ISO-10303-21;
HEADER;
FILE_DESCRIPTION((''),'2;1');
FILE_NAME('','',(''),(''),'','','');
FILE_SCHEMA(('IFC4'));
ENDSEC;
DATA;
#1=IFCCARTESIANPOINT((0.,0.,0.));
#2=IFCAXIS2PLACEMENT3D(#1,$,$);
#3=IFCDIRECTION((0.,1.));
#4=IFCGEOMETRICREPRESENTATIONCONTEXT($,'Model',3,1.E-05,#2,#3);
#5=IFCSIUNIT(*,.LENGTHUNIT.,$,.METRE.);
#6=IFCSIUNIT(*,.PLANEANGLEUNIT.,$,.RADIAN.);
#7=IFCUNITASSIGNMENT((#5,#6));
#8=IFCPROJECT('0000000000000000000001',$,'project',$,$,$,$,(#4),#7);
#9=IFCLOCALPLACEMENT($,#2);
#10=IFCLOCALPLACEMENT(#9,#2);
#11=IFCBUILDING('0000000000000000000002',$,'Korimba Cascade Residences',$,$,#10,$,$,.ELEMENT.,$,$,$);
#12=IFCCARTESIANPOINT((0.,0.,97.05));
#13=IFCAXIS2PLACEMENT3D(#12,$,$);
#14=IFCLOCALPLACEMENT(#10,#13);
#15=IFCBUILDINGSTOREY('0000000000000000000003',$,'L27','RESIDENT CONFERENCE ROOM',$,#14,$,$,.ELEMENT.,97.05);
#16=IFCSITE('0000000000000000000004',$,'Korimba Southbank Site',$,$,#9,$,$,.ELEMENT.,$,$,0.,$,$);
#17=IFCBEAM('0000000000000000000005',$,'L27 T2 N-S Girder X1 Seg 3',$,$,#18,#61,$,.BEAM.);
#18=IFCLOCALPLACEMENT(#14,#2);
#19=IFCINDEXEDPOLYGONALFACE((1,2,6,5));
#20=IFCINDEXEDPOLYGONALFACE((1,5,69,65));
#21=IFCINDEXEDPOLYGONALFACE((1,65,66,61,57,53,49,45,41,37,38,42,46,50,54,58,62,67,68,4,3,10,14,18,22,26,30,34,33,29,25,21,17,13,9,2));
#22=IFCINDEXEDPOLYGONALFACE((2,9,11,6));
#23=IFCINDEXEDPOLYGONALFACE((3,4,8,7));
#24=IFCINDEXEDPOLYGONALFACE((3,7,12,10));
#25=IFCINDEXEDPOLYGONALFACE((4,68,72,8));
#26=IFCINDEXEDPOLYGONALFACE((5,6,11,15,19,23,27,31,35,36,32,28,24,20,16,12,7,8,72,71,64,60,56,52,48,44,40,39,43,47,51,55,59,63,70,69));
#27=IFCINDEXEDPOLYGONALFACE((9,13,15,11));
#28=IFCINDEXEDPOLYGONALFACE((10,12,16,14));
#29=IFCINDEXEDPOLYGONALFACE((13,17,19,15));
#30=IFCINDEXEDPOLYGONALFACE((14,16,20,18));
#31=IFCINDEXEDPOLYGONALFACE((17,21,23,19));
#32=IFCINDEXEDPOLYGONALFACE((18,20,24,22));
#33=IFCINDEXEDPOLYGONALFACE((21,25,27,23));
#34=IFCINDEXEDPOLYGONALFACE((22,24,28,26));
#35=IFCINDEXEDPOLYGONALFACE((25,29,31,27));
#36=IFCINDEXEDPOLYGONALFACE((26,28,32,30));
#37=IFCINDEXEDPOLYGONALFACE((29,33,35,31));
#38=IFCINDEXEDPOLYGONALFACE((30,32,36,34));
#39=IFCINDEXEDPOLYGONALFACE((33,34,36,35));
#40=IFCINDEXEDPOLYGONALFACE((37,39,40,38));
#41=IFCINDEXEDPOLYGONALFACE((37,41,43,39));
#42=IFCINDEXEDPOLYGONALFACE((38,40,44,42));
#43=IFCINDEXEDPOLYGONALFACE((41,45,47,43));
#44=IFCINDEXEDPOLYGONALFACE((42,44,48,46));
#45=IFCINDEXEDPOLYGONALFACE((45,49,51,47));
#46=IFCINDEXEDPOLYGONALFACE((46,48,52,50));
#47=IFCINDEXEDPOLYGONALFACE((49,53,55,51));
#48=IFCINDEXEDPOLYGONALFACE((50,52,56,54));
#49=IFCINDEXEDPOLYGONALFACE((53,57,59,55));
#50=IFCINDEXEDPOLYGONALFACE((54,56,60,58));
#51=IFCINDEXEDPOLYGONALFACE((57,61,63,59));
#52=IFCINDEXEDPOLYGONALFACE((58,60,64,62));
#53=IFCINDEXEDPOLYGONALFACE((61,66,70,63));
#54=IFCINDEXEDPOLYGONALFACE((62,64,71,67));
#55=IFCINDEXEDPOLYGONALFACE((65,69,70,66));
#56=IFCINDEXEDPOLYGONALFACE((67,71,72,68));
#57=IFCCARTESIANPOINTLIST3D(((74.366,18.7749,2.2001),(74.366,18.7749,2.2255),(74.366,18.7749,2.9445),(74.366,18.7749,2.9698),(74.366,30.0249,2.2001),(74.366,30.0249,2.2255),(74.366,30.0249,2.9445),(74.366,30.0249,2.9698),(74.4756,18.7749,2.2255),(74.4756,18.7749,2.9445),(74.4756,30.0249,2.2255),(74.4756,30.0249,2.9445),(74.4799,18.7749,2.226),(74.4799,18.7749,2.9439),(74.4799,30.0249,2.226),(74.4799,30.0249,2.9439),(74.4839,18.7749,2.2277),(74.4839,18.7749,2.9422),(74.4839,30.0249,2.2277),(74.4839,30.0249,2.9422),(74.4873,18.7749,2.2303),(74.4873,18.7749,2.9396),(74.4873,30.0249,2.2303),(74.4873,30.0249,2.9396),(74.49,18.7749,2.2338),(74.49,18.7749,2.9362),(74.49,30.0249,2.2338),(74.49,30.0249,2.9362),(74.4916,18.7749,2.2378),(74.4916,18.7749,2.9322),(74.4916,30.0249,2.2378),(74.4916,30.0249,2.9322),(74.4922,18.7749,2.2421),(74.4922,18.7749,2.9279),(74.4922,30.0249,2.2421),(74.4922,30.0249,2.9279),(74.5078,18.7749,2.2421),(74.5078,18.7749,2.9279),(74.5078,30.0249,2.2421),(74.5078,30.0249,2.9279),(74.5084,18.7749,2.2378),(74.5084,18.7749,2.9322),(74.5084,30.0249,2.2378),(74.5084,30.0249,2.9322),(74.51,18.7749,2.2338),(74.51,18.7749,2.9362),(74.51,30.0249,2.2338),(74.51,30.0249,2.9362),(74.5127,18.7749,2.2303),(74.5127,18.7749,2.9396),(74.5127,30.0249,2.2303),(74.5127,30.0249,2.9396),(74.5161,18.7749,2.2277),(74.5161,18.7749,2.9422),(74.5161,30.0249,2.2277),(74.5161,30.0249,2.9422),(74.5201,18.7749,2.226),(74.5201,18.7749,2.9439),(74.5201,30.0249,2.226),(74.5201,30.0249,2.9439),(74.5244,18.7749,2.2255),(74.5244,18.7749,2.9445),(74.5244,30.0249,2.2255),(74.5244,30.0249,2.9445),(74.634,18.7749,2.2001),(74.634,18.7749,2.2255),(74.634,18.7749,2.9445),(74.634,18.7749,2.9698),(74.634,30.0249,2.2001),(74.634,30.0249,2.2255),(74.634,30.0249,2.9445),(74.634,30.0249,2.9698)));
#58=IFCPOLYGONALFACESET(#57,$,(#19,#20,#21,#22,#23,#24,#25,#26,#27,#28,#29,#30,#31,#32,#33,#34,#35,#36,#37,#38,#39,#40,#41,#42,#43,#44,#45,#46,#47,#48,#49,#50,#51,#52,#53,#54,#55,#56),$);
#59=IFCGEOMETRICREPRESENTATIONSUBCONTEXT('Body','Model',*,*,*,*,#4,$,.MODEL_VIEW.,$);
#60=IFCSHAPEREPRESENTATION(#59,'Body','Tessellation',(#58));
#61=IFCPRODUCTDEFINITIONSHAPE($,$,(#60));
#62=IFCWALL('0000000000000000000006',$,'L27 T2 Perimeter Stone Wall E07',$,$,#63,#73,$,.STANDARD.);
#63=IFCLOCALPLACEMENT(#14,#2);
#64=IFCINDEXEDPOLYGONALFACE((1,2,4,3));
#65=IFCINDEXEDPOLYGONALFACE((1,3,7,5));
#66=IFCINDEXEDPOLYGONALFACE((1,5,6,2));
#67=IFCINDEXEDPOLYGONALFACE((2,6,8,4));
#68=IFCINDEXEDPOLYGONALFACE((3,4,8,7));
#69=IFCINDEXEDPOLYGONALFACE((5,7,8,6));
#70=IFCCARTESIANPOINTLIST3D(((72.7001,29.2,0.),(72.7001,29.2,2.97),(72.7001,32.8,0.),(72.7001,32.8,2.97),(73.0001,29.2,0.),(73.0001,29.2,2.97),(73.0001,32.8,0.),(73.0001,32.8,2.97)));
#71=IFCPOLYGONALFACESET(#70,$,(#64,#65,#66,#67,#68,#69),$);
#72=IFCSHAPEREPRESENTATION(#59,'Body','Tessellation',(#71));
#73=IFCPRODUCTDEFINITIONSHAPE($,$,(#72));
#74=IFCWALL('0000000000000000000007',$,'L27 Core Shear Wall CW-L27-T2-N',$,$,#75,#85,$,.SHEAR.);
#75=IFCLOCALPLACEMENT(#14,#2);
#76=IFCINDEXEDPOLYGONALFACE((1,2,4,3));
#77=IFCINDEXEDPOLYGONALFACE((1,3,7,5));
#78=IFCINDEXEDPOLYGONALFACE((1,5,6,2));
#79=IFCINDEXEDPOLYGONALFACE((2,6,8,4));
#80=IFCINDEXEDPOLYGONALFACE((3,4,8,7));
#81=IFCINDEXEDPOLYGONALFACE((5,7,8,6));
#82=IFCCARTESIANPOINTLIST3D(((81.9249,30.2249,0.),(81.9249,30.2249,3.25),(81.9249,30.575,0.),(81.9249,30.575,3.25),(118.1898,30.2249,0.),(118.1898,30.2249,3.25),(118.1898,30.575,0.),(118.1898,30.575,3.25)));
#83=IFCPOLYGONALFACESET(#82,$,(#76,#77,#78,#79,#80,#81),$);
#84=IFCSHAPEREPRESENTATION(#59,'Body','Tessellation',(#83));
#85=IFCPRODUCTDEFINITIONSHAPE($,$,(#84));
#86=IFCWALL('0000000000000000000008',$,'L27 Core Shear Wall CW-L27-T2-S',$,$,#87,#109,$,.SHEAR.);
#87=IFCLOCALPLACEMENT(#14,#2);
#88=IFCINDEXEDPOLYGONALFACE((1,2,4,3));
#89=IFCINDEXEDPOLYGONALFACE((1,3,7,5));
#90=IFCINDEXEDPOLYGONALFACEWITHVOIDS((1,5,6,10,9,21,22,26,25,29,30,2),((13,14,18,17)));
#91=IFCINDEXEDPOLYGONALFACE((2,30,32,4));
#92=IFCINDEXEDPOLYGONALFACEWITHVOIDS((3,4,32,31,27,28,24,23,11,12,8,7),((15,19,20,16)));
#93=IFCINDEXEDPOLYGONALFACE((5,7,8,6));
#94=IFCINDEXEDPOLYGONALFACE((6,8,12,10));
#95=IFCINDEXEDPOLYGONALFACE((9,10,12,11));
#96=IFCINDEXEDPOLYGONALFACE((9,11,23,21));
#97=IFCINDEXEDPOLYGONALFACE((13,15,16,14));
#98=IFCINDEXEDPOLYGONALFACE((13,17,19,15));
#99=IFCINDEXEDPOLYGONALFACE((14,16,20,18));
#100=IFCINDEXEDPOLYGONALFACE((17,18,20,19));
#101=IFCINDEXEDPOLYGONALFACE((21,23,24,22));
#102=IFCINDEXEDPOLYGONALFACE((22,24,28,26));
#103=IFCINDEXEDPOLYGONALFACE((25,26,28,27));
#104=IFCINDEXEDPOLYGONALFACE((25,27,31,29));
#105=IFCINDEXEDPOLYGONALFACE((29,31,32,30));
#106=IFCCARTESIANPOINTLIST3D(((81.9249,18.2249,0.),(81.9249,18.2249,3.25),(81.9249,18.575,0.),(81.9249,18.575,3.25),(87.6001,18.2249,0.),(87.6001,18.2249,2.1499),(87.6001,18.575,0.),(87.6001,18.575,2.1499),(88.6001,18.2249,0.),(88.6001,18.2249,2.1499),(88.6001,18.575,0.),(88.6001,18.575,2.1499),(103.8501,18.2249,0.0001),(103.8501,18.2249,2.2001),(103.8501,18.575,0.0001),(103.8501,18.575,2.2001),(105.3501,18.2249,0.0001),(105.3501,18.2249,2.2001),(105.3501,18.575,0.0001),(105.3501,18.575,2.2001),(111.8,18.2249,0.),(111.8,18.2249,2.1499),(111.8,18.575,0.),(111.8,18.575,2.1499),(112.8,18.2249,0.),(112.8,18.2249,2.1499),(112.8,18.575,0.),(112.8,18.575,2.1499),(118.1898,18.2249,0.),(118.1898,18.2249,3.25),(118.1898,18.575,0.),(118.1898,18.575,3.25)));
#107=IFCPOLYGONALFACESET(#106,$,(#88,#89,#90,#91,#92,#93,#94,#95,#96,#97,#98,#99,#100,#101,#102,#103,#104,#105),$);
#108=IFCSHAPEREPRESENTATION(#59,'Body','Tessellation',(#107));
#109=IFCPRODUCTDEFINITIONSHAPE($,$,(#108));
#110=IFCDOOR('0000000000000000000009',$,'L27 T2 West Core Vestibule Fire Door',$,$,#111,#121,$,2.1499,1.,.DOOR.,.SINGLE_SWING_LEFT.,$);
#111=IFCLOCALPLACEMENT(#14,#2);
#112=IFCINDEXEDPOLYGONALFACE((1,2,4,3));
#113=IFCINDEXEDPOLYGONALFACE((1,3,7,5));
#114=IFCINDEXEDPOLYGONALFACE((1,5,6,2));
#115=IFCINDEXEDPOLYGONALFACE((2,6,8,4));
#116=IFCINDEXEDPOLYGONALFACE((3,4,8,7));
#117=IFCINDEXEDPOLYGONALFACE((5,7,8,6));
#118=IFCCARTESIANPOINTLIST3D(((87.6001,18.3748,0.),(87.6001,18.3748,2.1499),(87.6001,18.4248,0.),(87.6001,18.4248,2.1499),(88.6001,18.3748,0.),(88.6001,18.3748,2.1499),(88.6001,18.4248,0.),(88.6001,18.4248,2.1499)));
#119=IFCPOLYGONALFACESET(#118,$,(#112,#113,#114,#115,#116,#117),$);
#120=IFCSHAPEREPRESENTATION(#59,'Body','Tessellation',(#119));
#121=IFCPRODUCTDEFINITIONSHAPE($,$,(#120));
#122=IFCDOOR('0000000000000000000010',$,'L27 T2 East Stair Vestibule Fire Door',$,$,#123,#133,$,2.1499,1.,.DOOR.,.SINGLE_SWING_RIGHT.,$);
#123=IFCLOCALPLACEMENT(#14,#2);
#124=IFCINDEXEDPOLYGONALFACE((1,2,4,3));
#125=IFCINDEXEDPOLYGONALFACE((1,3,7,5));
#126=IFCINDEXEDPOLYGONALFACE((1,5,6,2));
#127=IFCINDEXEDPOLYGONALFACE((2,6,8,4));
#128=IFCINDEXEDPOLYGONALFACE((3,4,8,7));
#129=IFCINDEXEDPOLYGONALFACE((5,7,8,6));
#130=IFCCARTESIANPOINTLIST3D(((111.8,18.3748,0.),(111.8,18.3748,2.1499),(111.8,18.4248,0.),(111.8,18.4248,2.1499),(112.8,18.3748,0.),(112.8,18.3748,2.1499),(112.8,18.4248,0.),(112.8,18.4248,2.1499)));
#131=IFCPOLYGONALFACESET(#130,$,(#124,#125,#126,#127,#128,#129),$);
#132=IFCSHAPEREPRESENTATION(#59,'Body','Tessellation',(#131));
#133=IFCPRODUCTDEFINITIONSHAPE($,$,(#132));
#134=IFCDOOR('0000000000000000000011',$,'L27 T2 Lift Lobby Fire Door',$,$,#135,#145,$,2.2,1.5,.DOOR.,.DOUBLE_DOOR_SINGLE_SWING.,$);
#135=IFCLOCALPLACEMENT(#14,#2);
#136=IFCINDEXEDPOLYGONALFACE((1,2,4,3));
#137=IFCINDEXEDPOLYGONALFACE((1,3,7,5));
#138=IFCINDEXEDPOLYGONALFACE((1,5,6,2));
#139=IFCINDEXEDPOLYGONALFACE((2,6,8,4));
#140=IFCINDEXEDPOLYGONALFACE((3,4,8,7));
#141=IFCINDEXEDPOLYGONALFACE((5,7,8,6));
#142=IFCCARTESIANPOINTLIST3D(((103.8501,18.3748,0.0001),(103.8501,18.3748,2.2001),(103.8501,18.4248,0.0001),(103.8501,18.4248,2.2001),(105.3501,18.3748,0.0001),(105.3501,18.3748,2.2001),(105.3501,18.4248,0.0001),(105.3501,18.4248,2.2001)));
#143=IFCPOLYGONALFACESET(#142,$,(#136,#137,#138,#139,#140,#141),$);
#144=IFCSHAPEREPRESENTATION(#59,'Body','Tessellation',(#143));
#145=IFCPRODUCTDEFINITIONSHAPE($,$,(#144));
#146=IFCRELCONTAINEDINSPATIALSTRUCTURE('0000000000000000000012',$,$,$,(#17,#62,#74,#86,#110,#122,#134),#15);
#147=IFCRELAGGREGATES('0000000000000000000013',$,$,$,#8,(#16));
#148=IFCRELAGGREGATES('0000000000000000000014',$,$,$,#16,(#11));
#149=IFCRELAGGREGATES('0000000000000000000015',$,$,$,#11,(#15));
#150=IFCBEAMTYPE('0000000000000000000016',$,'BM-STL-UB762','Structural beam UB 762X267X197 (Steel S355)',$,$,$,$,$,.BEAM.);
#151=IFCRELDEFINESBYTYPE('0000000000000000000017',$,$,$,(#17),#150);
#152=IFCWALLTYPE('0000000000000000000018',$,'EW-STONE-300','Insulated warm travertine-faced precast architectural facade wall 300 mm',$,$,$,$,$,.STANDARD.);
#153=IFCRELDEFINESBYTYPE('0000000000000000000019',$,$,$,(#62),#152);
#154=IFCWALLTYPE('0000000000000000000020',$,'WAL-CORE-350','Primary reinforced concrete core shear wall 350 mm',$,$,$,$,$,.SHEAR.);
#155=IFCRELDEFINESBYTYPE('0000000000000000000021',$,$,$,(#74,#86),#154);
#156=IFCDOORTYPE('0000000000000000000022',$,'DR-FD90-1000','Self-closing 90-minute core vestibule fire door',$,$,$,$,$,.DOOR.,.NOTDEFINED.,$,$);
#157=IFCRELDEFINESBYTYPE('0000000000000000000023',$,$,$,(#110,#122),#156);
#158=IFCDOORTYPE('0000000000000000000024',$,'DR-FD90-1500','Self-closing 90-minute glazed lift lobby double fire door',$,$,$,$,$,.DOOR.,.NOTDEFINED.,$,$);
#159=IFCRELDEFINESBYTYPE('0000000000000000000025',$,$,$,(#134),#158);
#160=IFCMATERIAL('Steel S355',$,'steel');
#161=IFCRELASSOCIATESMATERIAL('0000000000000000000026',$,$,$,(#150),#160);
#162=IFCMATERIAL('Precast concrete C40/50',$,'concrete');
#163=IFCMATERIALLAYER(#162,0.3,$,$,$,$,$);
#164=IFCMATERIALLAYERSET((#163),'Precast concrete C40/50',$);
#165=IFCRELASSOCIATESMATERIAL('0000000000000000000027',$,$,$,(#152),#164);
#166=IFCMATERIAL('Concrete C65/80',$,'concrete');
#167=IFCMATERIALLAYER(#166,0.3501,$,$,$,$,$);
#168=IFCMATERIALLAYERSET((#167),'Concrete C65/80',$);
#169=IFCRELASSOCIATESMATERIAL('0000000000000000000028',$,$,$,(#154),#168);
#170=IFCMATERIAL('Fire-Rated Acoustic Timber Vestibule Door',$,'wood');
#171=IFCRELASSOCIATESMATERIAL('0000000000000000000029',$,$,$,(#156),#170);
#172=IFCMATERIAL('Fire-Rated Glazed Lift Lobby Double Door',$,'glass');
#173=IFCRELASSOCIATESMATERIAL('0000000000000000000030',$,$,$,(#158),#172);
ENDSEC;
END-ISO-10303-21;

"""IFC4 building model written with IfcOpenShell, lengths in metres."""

from ifc_helpers import new_model, si_unit, direction, frame, frame_2d, origin, origin_2d, place, context, subcontext, project, spatial, rectangle, i_section, extrude, material, layer, layer_set, material_profile, profile_set, type_object, element, fill, save


model = new_model("IFC4")

# Units and contexts
model_context = context("Model", 3, precision=1e-05, world=origin(), true_north=direction((0.0, 1.0)))
body_context = subcontext(model_context, "Body", "Model", "MODEL_VIEW")
ifc_project = project(units=[si_unit("LENGTHUNIT", "METRE"), si_unit("PLANEANGLEUNIT", "RADIAN")], contexts=[model_context])

# Site, building, storey
site_placement = place(None, origin())
site = spatial("IfcSite", under=ifc_project, at=site_placement, Name="Korimba Southbank Site", CompositionType="ELEMENT", RefElevation=0.0)
building_placement = place(site_placement, origin())
building = spatial("IfcBuilding", under=site, at=building_placement, Name="Korimba Cascade Residences", CompositionType="ELEMENT")
storey_placement = place(building_placement, frame((0.0, 0.0, 97.05)))
storey = spatial("IfcBuildingStorey", under=building, at=storey_placement, Name="L27", Description="RESIDENT CONFERENCE ROOM", CompositionType="ELEMENT", Elevation=97.05)

# Shared definitions
ifc_material_1 = material(Name="Concrete C65/80", Category="concrete")

# Beam
ifc_material_2 = material(Name="Steel S355", Category="steel")
ifc_material_profile_1 = material_profile(ifc_material_2, i_section(OverallWidth=0.2681, OverallDepth=0.7698, WebThickness=0.0156, FlangeThickness=0.0254, FilletRadius=0.0166, at=origin_2d()), Name="Steel S355")
ifc_profile_set_1 = profile_set([ifc_material_profile_1], Name="Steel S355")
beam_type_1 = type_object("IfcBeamType", Name="BM-STL-UB762", Description="Structural beam UB 762X267X197 (Steel S355)", PredefinedType="BEAM", material=ifc_profile_set_1)
beam_1_placement = place(storey_placement, frame((74.5, 18.7749, 2.585), z_axis=(0.0, 1.0, 0.0), x_axis=(-1.0, 0.0, 0.0)))
element("IfcBeam", 1, at=beam_1_placement, inside=storey, type_object=beam_type_1, Name="L27 T2 N-S Girder X1 Seg 3", PredefinedType="BEAM", context=body_context, shape_type="SweptSolid", body=[
    extrude(i_section(OverallWidth=0.2681, OverallDepth=0.7698, WebThickness=0.0156, FlangeThickness=0.0254, FilletRadius=0.0166, at=origin_2d()), origin(), (0.0, 0.0, 1.0), 11.25),
])

# Walls
ifc_material_3 = material(Name="Precast concrete C40/50", Category="concrete")
ifc_layer_1 = layer(ifc_material_3, 0.3)
ifc_layer_set_1 = layer_set([ifc_layer_1], Name="Precast concrete C40/50")
wall_type_1 = type_object("IfcWallType", Name="EW-STONE-300", Description="Insulated warm travertine-faced precast architectural facade wall 300 mm", PredefinedType="STANDARD", material=ifc_layer_set_1)
wall_1_placement = place(storey_placement, frame((72.8501, 32.8, 0.0), z_axis=(0.0, 0.0, 1.0), x_axis=(0.0, -1.0, 0.0)))
element("IfcWall", 2, at=wall_1_placement, inside=storey, type_object=wall_type_1, Name="L27 T2 Perimeter Stone Wall E07", PredefinedType="STANDARD", context=body_context, shape_type="SweptSolid", body=[
    extrude(rectangle(XDim=3.6001, YDim=0.3, at=frame_2d((1.8, 0.0))), origin(), (0.0, 0.0, 1.0), 2.97),
])
ifc_layer_2 = layer(ifc_material_1, 0.3501)
ifc_layer_set_2 = layer_set([ifc_layer_2], Name="Concrete C65/80")
wall_type_2 = type_object("IfcWallType", Name="WAL-CORE-350", Description="Primary reinforced concrete core shear wall 350 mm", PredefinedType="SHEAR", material=ifc_layer_set_2)
wall_2_placement = place(storey_placement, frame((81.925, 30.3999, 0.0), z_axis=(0.0, 0.0, 1.0), x_axis=(1.0, 0.0, 0.0)))
element("IfcWall", 3, at=wall_2_placement, inside=storey, type_object=wall_type_2, Name="L27 Core Shear Wall CW-L27-T2-N", PredefinedType="SHEAR", context=body_context, shape_type="SweptSolid", body=[
    extrude(rectangle(XDim=36.2649, YDim=0.3501, at=frame_2d((18.1323, 0.0))), origin(), (0.0, 0.0, 1.0), 3.25),
])

# Wall, openings, doors
wall_3_placement = place(storey_placement, frame((81.925, 18.3999, 0.0), z_axis=(0.0, 0.0, 1.0), x_axis=(1.0, 0.0, 0.0)))
wall_3 = element("IfcWall", 4, at=wall_3_placement, inside=storey, type_object=wall_type_2, Name="L27 Core Shear Wall CW-L27-T2-S", PredefinedType="SHEAR", context=body_context, shape_type="SweptSolid", body=[
    extrude(rectangle(XDim=36.2649, YDim=0.3501, at=frame_2d((18.1323, 0.0))), origin(), (0.0, 0.0, 1.0), 3.25),
])
opening_1_placement = place(wall_3_placement, frame((5.675, 0.0, 0.0)))
opening_1 = element("IfcOpeningElement", 5, at=opening_1_placement, cuts=wall_3, PredefinedType="OPENING", context=body_context, shape_type="SweptSolid", body=[
    extrude(rectangle(XDim=1.0, YDim=2.1499, at=frame_2d((0.5, 1.075))), frame((0.0, 0.1851, 0.0), z_axis=(0.0, -1.0, 0.0), x_axis=(1.0, 0.0, 0.0)), (0.0, 0.0, 1.0), 0.3701),
])
opening_2_placement = place(wall_3_placement, frame((21.925, 0.0, 0.0)))
opening_2 = element("IfcOpeningElement", 6, at=opening_2_placement, cuts=wall_3, PredefinedType="OPENING", context=body_context, shape_type="SweptSolid", body=[
    extrude(rectangle(XDim=1.5, YDim=2.2, at=frame_2d((0.75, 1.1001))), frame((0.0, 0.1851, 0.0), z_axis=(0.0, -1.0, 0.0), x_axis=(1.0, 0.0, 0.0)), (0.0, 0.0, 1.0), 0.3701),
])
opening_3_placement = place(wall_3_placement, frame((29.875, 0.0, 0.0)))
opening_3 = element("IfcOpeningElement", 7, at=opening_3_placement, cuts=wall_3, PredefinedType="OPENING", context=body_context, shape_type="SweptSolid", body=[
    extrude(rectangle(XDim=1.0, YDim=2.1499, at=frame_2d((0.5, 1.075))), frame((0.0, 0.1851, 0.0), z_axis=(0.0, -1.0, 0.0), x_axis=(1.0, 0.0, 0.0)), (0.0, 0.0, 1.0), 0.3701),
])
ifc_material_4 = material(Name="Fire-Rated Acoustic Timber Vestibule Door", Category="wood")
door_type_1 = type_object("IfcDoorType", Name="DR-FD90-1000", Description="Self-closing 90-minute core vestibule fire door", OperationType="NOTDEFINED", PredefinedType="DOOR", material=ifc_material_4)
door_1_placement = place(opening_1_placement, origin())
door_1 = element("IfcDoor", 8, at=door_1_placement, inside=storey, type_object=door_type_1, Name="L27 T2 West Core Vestibule Fire Door", OperationType="SINGLE_SWING_LEFT", OverallHeight=2.1499, OverallWidth=1.0, PredefinedType="DOOR", context=body_context, shape_type="SweptSolid", body=[
    extrude(rectangle(XDim=1.0, YDim=2.1499, at=frame_2d((0.5, 1.075))), frame((0.0, 0.0249, 0.0), z_axis=(0.0, -1.0, 0.0), x_axis=(1.0, 0.0, 0.0)), (0.0, 0.0, 1.0), 0.05),
])
fill(opening_1, door_1)
door_2_placement = place(opening_3_placement, origin())
door_2 = element("IfcDoor", 9, at=door_2_placement, inside=storey, type_object=door_type_1, Name="L27 T2 East Stair Vestibule Fire Door", OperationType="SINGLE_SWING_RIGHT", OverallHeight=2.1499, OverallWidth=1.0, PredefinedType="DOOR", context=body_context, shape_type="SweptSolid", body=[
    extrude(rectangle(XDim=1.0, YDim=2.1499, at=frame_2d((0.5, 1.075))), frame((0.0, 0.0249, 0.0), z_axis=(0.0, -1.0, 0.0), x_axis=(1.0, 0.0, 0.0)), (0.0, 0.0, 1.0), 0.05),
])
fill(opening_3, door_2)
ifc_material_5 = material(Name="Fire-Rated Glazed Lift Lobby Double Door", Category="glass")
door_type_2 = type_object("IfcDoorType", Name="DR-FD90-1500", Description="Self-closing 90-minute glazed lift lobby double fire door", OperationType="NOTDEFINED", PredefinedType="DOOR", material=ifc_material_5)
door_3_placement = place(opening_2_placement, origin())
door_3 = element("IfcDoor", 10, at=door_3_placement, inside=storey, type_object=door_type_2, Name="L27 T2 Lift Lobby Fire Door", OperationType="DOUBLE_DOOR_SINGLE_SWING", OverallHeight=2.2, OverallWidth=1.5, PredefinedType="DOOR", context=body_context, shape_type="SweptSolid", body=[
    extrude(rectangle(XDim=1.5, YDim=2.2, at=frame_2d((0.75, 1.1001))), frame((0.0, 0.0249, 0.0), z_axis=(0.0, -1.0, 0.0), x_axis=(1.0, 0.0, 0.0)), (0.0, 0.0, 1.0), 0.05),
])
fill(opening_2, door_3)

save(model, "model.ifc")
